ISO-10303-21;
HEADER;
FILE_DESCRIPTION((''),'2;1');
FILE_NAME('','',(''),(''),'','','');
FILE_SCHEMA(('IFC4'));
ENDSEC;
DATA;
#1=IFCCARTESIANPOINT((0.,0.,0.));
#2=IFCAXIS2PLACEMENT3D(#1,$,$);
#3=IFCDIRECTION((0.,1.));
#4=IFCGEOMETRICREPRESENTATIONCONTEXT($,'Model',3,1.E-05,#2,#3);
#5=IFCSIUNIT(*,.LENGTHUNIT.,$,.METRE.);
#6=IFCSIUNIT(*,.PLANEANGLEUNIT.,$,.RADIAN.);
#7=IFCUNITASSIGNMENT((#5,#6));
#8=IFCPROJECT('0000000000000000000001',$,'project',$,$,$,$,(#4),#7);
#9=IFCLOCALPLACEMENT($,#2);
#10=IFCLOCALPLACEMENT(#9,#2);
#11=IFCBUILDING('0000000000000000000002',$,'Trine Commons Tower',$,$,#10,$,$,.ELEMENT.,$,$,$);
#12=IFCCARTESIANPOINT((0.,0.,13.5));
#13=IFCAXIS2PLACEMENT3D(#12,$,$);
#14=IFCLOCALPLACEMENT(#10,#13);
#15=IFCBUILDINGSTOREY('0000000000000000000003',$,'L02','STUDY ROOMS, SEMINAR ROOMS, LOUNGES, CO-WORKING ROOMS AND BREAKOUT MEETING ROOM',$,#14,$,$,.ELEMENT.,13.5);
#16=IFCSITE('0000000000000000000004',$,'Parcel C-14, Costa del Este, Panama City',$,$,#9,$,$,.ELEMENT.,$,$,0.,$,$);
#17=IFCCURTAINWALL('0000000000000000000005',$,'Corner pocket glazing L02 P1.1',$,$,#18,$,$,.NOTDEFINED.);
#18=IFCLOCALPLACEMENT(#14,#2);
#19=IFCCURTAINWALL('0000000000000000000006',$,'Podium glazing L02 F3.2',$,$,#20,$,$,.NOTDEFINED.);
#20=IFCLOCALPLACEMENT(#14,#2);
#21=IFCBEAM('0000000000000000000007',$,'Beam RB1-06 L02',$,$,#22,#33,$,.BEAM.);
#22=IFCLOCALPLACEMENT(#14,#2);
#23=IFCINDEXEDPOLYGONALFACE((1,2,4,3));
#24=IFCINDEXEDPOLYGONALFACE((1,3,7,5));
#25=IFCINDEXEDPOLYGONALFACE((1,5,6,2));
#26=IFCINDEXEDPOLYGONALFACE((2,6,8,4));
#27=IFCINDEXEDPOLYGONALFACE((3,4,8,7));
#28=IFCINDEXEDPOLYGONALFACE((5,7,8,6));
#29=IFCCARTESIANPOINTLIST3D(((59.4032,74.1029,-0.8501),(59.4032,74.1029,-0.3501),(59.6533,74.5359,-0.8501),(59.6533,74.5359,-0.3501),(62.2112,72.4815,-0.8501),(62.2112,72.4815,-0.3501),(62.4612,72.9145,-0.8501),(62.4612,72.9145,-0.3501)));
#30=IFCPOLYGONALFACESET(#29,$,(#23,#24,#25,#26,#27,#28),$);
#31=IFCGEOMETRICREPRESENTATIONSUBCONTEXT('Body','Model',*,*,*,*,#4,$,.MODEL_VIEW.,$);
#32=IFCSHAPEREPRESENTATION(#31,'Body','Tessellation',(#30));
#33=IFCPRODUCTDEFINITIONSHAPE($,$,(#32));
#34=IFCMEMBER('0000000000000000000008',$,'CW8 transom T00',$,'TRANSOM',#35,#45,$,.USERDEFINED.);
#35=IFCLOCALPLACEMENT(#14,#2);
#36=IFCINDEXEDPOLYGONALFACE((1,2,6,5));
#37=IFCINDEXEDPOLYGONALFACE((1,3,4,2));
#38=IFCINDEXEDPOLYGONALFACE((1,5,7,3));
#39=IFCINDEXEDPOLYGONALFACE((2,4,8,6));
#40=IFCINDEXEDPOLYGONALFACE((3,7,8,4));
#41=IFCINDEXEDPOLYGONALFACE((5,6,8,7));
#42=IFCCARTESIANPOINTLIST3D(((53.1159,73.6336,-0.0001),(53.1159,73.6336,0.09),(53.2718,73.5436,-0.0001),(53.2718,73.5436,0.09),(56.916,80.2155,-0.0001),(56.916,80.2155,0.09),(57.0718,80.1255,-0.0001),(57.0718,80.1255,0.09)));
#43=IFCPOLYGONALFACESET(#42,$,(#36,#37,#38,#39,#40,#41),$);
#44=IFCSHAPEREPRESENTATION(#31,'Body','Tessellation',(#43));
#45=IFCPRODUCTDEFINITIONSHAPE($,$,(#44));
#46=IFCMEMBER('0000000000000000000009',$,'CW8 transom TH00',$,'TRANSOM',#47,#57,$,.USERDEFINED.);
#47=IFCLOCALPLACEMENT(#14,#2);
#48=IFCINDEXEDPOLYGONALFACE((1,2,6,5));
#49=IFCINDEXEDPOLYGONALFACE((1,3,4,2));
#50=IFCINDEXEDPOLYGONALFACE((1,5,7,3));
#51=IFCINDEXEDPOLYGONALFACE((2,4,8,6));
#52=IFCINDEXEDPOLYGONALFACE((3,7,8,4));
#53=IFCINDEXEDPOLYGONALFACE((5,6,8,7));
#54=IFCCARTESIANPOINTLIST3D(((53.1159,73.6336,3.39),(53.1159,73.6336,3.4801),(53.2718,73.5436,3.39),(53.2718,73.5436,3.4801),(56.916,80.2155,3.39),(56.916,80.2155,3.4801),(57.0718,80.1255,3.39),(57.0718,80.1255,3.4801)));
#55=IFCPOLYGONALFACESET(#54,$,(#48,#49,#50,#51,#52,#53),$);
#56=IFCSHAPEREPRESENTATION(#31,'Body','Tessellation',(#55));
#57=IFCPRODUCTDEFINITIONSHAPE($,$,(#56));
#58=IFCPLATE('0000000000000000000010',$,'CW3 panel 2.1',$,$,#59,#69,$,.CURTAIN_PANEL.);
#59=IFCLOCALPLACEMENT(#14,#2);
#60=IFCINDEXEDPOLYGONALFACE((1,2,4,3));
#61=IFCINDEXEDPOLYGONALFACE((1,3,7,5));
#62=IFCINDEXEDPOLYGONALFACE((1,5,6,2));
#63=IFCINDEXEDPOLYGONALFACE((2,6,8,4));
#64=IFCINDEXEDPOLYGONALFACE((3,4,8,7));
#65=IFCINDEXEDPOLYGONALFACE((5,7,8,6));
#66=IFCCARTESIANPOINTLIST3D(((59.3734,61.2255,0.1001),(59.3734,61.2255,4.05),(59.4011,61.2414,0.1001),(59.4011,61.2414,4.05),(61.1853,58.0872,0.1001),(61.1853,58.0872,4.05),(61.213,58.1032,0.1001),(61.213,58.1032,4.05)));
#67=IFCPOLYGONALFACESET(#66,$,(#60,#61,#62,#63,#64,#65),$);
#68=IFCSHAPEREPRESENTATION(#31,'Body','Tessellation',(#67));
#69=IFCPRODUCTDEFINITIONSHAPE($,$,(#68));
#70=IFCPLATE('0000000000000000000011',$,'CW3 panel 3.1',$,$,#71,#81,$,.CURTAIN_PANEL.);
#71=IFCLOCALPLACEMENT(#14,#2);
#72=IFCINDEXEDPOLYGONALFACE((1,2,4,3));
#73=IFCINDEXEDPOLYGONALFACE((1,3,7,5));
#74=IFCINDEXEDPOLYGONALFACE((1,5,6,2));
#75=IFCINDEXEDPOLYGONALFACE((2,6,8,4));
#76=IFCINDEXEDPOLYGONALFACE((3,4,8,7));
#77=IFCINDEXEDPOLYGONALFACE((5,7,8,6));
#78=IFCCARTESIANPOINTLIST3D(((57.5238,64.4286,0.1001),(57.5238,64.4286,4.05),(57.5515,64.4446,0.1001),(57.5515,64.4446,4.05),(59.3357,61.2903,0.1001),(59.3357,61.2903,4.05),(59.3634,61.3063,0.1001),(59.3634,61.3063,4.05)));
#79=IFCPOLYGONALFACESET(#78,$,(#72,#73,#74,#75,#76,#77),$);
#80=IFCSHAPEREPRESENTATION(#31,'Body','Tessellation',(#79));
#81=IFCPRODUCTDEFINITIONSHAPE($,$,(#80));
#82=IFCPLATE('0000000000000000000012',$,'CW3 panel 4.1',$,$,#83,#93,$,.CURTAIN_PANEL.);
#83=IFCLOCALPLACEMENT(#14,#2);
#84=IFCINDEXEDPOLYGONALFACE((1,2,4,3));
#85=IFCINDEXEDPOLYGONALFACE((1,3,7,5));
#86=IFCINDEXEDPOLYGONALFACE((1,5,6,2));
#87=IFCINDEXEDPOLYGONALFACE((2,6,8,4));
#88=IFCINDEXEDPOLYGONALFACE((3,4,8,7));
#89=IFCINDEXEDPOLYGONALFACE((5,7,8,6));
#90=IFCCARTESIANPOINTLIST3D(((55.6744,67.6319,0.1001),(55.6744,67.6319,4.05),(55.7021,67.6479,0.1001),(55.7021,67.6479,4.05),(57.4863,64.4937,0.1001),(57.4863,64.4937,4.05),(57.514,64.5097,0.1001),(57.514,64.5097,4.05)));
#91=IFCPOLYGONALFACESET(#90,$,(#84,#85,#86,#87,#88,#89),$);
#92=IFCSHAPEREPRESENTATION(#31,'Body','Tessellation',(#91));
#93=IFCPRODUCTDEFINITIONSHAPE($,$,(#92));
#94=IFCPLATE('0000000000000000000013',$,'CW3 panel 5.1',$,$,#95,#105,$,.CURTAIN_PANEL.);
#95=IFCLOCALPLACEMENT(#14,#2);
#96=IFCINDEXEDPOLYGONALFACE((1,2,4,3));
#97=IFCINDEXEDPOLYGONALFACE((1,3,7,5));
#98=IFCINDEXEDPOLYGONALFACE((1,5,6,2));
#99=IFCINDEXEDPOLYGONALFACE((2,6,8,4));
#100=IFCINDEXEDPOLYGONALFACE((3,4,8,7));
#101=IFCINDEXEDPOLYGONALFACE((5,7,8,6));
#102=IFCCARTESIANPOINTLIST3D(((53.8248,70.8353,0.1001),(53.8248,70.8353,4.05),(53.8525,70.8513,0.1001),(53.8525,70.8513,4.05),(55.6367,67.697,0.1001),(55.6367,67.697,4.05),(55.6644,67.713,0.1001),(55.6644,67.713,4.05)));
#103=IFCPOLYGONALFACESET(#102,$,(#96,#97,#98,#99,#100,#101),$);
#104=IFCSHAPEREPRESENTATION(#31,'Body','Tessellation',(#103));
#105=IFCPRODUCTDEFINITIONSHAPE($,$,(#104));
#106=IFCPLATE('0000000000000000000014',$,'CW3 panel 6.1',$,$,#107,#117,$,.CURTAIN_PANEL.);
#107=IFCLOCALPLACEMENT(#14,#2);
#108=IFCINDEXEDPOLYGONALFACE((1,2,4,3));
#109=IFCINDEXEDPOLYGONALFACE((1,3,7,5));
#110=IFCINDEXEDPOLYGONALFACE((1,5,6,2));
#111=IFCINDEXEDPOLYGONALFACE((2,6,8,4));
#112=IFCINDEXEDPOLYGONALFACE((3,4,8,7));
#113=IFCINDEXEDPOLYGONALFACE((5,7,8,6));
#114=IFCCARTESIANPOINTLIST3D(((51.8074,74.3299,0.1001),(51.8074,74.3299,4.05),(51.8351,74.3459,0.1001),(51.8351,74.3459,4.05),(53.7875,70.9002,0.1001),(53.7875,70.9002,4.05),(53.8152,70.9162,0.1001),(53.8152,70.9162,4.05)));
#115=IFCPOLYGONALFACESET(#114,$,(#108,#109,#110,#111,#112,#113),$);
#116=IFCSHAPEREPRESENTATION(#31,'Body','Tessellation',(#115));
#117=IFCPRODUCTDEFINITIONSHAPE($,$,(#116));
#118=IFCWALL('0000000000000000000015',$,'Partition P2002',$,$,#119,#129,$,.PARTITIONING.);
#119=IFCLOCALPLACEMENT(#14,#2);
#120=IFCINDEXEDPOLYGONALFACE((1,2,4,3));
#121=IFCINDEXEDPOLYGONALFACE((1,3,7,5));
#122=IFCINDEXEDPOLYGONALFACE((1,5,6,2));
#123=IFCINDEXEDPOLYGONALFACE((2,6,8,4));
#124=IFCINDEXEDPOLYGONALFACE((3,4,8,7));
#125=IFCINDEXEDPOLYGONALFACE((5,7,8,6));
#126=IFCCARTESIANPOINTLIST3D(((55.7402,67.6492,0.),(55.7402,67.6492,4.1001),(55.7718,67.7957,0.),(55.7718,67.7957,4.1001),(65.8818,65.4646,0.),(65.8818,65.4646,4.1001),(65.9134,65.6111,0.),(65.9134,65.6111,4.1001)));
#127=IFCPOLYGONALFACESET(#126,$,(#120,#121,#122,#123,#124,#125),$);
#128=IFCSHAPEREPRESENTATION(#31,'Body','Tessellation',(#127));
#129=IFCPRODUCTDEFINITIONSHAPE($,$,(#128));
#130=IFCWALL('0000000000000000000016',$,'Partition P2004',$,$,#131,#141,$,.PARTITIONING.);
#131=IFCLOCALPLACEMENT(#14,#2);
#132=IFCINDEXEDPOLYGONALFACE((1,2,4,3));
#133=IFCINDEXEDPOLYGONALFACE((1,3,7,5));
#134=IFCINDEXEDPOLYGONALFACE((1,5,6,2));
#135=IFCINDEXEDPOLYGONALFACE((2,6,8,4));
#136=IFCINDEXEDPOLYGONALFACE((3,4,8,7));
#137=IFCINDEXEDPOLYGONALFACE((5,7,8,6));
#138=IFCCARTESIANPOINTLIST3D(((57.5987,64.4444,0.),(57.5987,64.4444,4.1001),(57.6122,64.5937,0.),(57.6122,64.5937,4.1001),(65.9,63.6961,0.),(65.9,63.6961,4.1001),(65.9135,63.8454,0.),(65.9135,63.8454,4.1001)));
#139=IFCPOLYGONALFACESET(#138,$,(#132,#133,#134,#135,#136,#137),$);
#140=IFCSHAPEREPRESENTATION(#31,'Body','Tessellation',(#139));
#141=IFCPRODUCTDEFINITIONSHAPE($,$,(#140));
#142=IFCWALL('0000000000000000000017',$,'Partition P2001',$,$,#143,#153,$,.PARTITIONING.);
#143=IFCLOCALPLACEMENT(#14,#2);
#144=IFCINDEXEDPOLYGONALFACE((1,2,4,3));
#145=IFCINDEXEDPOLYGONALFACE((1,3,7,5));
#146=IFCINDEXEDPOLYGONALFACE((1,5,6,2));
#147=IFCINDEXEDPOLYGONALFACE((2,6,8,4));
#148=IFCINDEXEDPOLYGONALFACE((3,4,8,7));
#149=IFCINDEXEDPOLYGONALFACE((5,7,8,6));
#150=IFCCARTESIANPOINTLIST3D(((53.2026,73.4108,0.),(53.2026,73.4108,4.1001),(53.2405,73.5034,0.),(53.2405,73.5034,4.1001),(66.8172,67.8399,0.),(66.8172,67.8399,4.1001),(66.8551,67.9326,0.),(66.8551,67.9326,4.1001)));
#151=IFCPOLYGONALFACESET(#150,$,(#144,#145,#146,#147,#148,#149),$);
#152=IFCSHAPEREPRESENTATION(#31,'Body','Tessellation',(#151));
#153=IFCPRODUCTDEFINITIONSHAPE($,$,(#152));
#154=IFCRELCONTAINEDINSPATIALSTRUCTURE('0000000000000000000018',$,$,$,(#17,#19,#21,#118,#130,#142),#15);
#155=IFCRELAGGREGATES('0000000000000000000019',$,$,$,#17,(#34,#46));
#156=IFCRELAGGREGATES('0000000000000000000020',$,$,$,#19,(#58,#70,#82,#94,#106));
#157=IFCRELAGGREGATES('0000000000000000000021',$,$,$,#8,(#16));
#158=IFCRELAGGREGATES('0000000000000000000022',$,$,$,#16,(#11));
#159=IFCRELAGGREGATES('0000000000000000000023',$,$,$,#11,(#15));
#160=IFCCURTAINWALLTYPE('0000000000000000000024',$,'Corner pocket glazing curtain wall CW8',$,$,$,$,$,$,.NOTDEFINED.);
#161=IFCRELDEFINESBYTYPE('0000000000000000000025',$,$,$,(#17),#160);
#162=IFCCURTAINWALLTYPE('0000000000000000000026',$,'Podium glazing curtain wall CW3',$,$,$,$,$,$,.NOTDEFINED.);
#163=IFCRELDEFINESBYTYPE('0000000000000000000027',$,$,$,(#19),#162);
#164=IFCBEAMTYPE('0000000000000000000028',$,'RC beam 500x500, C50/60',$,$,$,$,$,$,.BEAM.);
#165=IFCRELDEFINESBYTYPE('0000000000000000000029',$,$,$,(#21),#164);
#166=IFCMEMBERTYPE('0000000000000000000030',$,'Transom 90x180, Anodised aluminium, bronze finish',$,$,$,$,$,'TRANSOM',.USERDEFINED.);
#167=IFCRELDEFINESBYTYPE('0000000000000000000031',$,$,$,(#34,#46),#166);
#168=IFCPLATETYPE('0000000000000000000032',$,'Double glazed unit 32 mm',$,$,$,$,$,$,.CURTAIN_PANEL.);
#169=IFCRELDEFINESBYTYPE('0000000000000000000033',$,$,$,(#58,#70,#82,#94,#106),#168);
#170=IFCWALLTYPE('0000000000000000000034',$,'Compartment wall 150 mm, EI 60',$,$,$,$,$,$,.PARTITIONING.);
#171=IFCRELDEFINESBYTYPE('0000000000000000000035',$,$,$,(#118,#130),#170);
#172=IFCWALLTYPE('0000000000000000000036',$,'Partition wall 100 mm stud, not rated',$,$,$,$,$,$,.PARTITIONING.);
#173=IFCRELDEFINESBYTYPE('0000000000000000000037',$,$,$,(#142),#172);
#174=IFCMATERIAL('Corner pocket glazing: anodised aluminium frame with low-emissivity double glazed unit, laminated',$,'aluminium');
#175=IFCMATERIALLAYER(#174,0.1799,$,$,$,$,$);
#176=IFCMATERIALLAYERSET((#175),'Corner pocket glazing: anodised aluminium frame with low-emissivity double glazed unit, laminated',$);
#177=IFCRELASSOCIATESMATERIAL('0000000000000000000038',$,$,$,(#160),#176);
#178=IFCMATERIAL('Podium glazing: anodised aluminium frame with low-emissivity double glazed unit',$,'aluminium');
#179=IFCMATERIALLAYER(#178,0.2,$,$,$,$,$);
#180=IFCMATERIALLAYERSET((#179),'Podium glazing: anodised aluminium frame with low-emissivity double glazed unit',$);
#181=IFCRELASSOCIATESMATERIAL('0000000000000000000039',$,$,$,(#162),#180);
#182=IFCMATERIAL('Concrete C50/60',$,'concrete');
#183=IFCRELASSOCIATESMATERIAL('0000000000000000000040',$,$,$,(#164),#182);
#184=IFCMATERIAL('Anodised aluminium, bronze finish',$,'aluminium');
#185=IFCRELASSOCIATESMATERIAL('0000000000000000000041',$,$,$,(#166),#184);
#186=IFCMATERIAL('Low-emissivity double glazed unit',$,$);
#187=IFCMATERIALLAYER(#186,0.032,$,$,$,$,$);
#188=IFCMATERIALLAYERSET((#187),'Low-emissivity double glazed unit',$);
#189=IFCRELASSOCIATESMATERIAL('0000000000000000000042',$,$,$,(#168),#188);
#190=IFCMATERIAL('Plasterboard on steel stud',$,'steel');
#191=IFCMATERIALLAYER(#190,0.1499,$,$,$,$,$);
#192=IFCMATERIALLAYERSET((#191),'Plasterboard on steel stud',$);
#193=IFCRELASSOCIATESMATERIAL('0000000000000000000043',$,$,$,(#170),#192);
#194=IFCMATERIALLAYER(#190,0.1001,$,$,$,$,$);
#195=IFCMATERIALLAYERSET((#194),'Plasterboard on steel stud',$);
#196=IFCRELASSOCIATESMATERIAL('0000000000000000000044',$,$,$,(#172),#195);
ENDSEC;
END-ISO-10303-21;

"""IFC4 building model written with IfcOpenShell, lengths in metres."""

from ifc_helpers import new_model, si_unit, direction, frame, frame_2d, origin, origin_2d, place, context, subcontext, project, spatial, rectangle, extrude, material, layer, layer_set, material_profile, profile_set, type_object, element, aggregate, save


model = new_model("IFC4")

# Units and contexts
model_context = context("Model", 3, precision=1e-05, world=origin(), true_north=direction((0.0, 1.0)))
body_context = subcontext(model_context, "Body", "Model", "MODEL_VIEW")
ifc_project = project(units=[si_unit("LENGTHUNIT", "METRE"), si_unit("PLANEANGLEUNIT", "RADIAN")], contexts=[model_context])

# Site, building, storey
site_placement = place(None, origin())
site = spatial("IfcSite", under=ifc_project, at=site_placement, Name="Parcel C-14, Costa del Este, Panama City", CompositionType="ELEMENT", RefElevation=0.0)
building_placement = place(site_placement, origin())
building = spatial("IfcBuilding", under=site, at=building_placement, Name="Trine Commons Tower", CompositionType="ELEMENT")
storey_placement = place(building_placement, frame((0.0, 0.0, 13.5)))
storey = spatial("IfcBuildingStorey", under=building, at=storey_placement, Name="L02", Description="STUDY ROOMS, SEMINAR ROOMS, LOUNGES, CO-WORKING ROOMS AND BREAKOUT MEETING ROOM", CompositionType="ELEMENT", Elevation=13.5)

# Curtain wall
ifc_material_1 = material(Name="Corner pocket glazing: anodised aluminium frame with low-emissivity double glazed unit, laminated", Category="aluminium")
ifc_layer_1 = layer(ifc_material_1, 0.1799)
ifc_layer_set_1 = layer_set([ifc_layer_1], Name="Corner pocket glazing: anodised aluminium frame with low-emissivity double glazed unit, laminated")
curtain_wall_type_1 = type_object("IfcCurtainWallType", Name="Corner pocket glazing curtain wall CW8", PredefinedType="NOTDEFINED", material=ifc_layer_set_1)
curtain_wall_1_placement = place(storey_placement, origin())
curtain_wall_1 = element("IfcCurtainWall", 1, at=curtain_wall_1_placement, inside=storey, type_object=curtain_wall_type_1, Name="Corner pocket glazing L02 P1.1", PredefinedType="NOTDEFINED")
ifc_material_2 = material(Name="Anodised aluminium, bronze finish", Category="aluminium")

# Curtain wall
ifc_material_3 = material(Name="Podium glazing: anodised aluminium frame with low-emissivity double glazed unit", Category="aluminium")
ifc_layer_2 = layer(ifc_material_3, 0.2)
ifc_layer_set_2 = layer_set([ifc_layer_2], Name="Podium glazing: anodised aluminium frame with low-emissivity double glazed unit")
curtain_wall_type_2 = type_object("IfcCurtainWallType", Name="Podium glazing curtain wall CW3", PredefinedType="NOTDEFINED", material=ifc_layer_set_2)
curtain_wall_2_placement = place(storey_placement, origin())
curtain_wall_2 = element("IfcCurtainWall", 2, at=curtain_wall_2_placement, inside=storey, type_object=curtain_wall_type_2, Name="Podium glazing L02 F3.2", PredefinedType="NOTDEFINED")

# Beam
ifc_material_4 = material(Name="Concrete C50/60", Category="concrete")
ifc_material_profile_1 = material_profile(ifc_material_4, rectangle(XDim=0.5, YDim=0.5, at=origin_2d()), Name="RC 500x500")
ifc_profile_set_1 = profile_set([ifc_material_profile_1], Name="Concrete C50/60")
beam_type = type_object("IfcBeamType", Name="RC beam 500x500, C50/60", PredefinedType="BEAM", material=ifc_profile_set_1)
beam_1_placement = place(storey_placement, frame((62.3362, 72.698, -0.6001), z_axis=(-0.865996, 0.500051, 0.0), x_axis=(-0.500051, -0.865996, 0.0)))
element("IfcBeam", 3, at=beam_1_placement, inside=storey, type_object=beam_type, Name="Beam RB1-06 L02", PredefinedType="BEAM", context=body_context, shape_type="SweptSolid", body=[
    extrude(rectangle(XDim=0.5, YDim=0.5, at=origin_2d()), origin(), (0.0, 0.0, 1.0), 3.2424),
])

# Members
ifc_material_profile_2 = material_profile(ifc_material_2, rectangle(XDim=0.1799, YDim=0.0901, at=origin_2d()), Name="Transom 90x180")
ifc_profile_set_2 = profile_set([ifc_material_profile_2], Name="Anodised aluminium, bronze finish")
member_type_1 = type_object("IfcMemberType", Name="Transom 90x180, Anodised aluminium, bronze finish", ElementType="TRANSOM", PredefinedType="USERDEFINED", material=ifc_profile_set_2)
member_1_placement = place(storey_placement, frame((53.1938, 73.5886, 0.0449), z_axis=(0.500005, 0.866022, 0.0), x_axis=(-0.866022, 0.500005, 0.0)))
member_1 = element("IfcMember", 4, at=member_1_placement, type_object=member_type_1, Name="CW8 transom T00", ObjectType="TRANSOM", PredefinedType="USERDEFINED", context=body_context, shape_type="SweptSolid", body=[
    extrude(rectangle(XDim=0.1799, YDim=0.0901, at=origin_2d()), origin(), (0.0, 0.0, 1.0), 7.6001),
])
member_2_placement = place(storey_placement, frame((53.1938, 73.5886, 3.4351), z_axis=(0.500005, 0.866022, 0.0), x_axis=(-0.866022, 0.500005, 0.0)))
member_2 = element("IfcMember", 5, at=member_2_placement, type_object=member_type_1, Name="CW8 transom TH00", ObjectType="TRANSOM", PredefinedType="USERDEFINED", context=body_context, shape_type="SweptSolid", body=[
    extrude(rectangle(XDim=0.1799, YDim=0.0901, at=origin_2d()), origin(), (0.0, 0.0, 1.0), 7.6001),
])
aggregate(curtain_wall_1, [member_1, member_2])

# Plates
ifc_material_5 = material(Name="Low-emissivity double glazed unit")
ifc_layer_3 = layer(ifc_material_5, 0.032)
ifc_layer_set_3 = layer_set([ifc_layer_3], Name="Low-emissivity double glazed unit")
plate_type = type_object("IfcPlateType", Name="Double glazed unit 32 mm", PredefinedType="CURTAIN_PANEL", material=ifc_layer_set_3)
plate_1_placement = place(storey_placement, frame((60.2932, 59.6643, 0.1001), z_axis=(0.0, 0.0, 1.0), x_axis=(-0.5, 0.866025, 0.0)))
plate_1 = element("IfcPlate", 6, at=plate_1_placement, type_object=plate_type, Name="CW3 panel 2.1", PredefinedType="CURTAIN_PANEL", context=body_context, shape_type="SweptSolid", body=[
    extrude(rectangle(XDim=3.6238, YDim=0.032, at=origin_2d()), origin(), (0.0, 0.0, 1.0), 3.95),
])
plate_2_placement = place(storey_placement, frame((58.4436, 62.8674, 0.1001), z_axis=(0.0, 0.0, 1.0), x_axis=(-0.5, 0.866025, 0.0)))
plate_2 = element("IfcPlate", 7, at=plate_2_placement, type_object=plate_type, Name="CW3 panel 3.1", PredefinedType="CURTAIN_PANEL", context=body_context, shape_type="SweptSolid", body=[
    extrude(rectangle(XDim=3.6238, YDim=0.032, at=origin_2d()), origin(), (0.0, 0.0, 1.0), 3.95),
])
plate_3_placement = place(storey_placement, frame((56.5942, 66.0708, 0.1001), z_axis=(0.0, 0.0, 1.0), x_axis=(-0.5, 0.866025, 0.0)))
plate_3 = element("IfcPlate", 8, at=plate_3_placement, type_object=plate_type, Name="CW3 panel 4.1", PredefinedType="CURTAIN_PANEL", context=body_context, shape_type="SweptSolid", body=[
    extrude(rectangle(XDim=3.6238, YDim=0.032, at=origin_2d()), origin(), (0.0, 0.0, 1.0), 3.95),
])
plate_4_placement = place(storey_placement, frame((54.7446, 69.2742, 0.1001), z_axis=(0.0, 0.0, 1.0), x_axis=(-0.5, 0.866025, 0.0)))
plate_4 = element("IfcPlate", 9, at=plate_4_placement, type_object=plate_type, Name="CW3 panel 5.1", PredefinedType="CURTAIN_PANEL", context=body_context, shape_type="SweptSolid", body=[
    extrude(rectangle(XDim=3.6238, YDim=0.032, at=origin_2d()), origin(), (0.0, 0.0, 1.0), 3.95),
])
plate_5_placement = place(storey_placement, frame((52.8113, 72.623, 0.1001), z_axis=(0.0, 0.0, 1.0), x_axis=(-0.5, 0.866025, 0.0)))
plate_5 = element("IfcPlate", 10, at=plate_5_placement, type_object=plate_type, Name="CW3 panel 6.1", PredefinedType="CURTAIN_PANEL", context=body_context, shape_type="SweptSolid", body=[
    extrude(rectangle(XDim=3.9602, YDim=0.032, at=origin_2d()), origin(), (0.0, 0.0, 1.0), 3.95),
])
aggregate(curtain_wall_2, [plate_1, plate_2, plate_3, plate_4, plate_5])

# Walls
ifc_material_6 = material(Name="Plasterboard on steel stud", Category="steel")
ifc_layer_4 = layer(ifc_material_6, 0.1499)
ifc_layer_set_4 = layer_set([ifc_layer_4], Name="Plasterboard on steel stud")
wall_type_1 = type_object("IfcWallType", Name="Compartment wall 150 mm, EI 60", PredefinedType="PARTITIONING", material=ifc_layer_set_4)
wall_1_placement = place(storey_placement, frame((55.7561, 67.7224, 0.0), z_axis=(0.0, 0.0, 1.0), x_axis=(0.977577, -0.210577, 0.0)))
element("IfcWall", 11, at=wall_1_placement, inside=storey, type_object=wall_type_1, Name="Partition P2002", PredefinedType="PARTITIONING", context=body_context, shape_type="SweptSolid", body=[
    extrude(rectangle(XDim=10.3743, YDim=0.1499, at=frame_2d((5.187, 0.0))), origin(), (0.0, 0.0, 1.0), 4.1001),
])
wall_2_placement = place(storey_placement, frame((57.6055, 64.519, 0.0), z_axis=(0.0, 0.0, 1.0), x_axis=(0.995962, -0.089778, 0.0)))
element("IfcWall", 12, at=wall_2_placement, inside=storey, type_object=wall_type_1, Name="Partition P2004", PredefinedType="PARTITIONING", context=body_context, shape_type="SweptSolid", body=[
    extrude(rectangle(XDim=8.335, YDim=0.1499, at=frame_2d((4.1675, 0.0))), origin(), (0.0, 0.0, 1.0), 4.1001),
])
ifc_layer_5 = layer(ifc_material_6, 0.1001)
ifc_layer_set_5 = layer_set([ifc_layer_5], Name="Plasterboard on steel stud")
wall_type_2 = type_object("IfcWallType", Name="Partition wall 100 mm stud, not rated", PredefinedType="PARTITIONING", material=ifc_layer_set_5)
wall_3_placement = place(storey_placement, frame((53.2217, 73.457, 0.0), z_axis=(0.0, 0.0, 1.0), x_axis=(0.925518, -0.378705, 0.0)))
element("IfcWall", 13, at=wall_3_placement, inside=storey, type_object=wall_type_2, Name="Partition P2001", PredefinedType="PARTITIONING", context=body_context, shape_type="SweptSolid", body=[
    extrude(rectangle(XDim=14.7102, YDim=0.1001, at=frame_2d((7.355, 0.0))), origin(), (0.0, 0.0, 1.0), 4.1001),
])

save(model, "model.ifc")
